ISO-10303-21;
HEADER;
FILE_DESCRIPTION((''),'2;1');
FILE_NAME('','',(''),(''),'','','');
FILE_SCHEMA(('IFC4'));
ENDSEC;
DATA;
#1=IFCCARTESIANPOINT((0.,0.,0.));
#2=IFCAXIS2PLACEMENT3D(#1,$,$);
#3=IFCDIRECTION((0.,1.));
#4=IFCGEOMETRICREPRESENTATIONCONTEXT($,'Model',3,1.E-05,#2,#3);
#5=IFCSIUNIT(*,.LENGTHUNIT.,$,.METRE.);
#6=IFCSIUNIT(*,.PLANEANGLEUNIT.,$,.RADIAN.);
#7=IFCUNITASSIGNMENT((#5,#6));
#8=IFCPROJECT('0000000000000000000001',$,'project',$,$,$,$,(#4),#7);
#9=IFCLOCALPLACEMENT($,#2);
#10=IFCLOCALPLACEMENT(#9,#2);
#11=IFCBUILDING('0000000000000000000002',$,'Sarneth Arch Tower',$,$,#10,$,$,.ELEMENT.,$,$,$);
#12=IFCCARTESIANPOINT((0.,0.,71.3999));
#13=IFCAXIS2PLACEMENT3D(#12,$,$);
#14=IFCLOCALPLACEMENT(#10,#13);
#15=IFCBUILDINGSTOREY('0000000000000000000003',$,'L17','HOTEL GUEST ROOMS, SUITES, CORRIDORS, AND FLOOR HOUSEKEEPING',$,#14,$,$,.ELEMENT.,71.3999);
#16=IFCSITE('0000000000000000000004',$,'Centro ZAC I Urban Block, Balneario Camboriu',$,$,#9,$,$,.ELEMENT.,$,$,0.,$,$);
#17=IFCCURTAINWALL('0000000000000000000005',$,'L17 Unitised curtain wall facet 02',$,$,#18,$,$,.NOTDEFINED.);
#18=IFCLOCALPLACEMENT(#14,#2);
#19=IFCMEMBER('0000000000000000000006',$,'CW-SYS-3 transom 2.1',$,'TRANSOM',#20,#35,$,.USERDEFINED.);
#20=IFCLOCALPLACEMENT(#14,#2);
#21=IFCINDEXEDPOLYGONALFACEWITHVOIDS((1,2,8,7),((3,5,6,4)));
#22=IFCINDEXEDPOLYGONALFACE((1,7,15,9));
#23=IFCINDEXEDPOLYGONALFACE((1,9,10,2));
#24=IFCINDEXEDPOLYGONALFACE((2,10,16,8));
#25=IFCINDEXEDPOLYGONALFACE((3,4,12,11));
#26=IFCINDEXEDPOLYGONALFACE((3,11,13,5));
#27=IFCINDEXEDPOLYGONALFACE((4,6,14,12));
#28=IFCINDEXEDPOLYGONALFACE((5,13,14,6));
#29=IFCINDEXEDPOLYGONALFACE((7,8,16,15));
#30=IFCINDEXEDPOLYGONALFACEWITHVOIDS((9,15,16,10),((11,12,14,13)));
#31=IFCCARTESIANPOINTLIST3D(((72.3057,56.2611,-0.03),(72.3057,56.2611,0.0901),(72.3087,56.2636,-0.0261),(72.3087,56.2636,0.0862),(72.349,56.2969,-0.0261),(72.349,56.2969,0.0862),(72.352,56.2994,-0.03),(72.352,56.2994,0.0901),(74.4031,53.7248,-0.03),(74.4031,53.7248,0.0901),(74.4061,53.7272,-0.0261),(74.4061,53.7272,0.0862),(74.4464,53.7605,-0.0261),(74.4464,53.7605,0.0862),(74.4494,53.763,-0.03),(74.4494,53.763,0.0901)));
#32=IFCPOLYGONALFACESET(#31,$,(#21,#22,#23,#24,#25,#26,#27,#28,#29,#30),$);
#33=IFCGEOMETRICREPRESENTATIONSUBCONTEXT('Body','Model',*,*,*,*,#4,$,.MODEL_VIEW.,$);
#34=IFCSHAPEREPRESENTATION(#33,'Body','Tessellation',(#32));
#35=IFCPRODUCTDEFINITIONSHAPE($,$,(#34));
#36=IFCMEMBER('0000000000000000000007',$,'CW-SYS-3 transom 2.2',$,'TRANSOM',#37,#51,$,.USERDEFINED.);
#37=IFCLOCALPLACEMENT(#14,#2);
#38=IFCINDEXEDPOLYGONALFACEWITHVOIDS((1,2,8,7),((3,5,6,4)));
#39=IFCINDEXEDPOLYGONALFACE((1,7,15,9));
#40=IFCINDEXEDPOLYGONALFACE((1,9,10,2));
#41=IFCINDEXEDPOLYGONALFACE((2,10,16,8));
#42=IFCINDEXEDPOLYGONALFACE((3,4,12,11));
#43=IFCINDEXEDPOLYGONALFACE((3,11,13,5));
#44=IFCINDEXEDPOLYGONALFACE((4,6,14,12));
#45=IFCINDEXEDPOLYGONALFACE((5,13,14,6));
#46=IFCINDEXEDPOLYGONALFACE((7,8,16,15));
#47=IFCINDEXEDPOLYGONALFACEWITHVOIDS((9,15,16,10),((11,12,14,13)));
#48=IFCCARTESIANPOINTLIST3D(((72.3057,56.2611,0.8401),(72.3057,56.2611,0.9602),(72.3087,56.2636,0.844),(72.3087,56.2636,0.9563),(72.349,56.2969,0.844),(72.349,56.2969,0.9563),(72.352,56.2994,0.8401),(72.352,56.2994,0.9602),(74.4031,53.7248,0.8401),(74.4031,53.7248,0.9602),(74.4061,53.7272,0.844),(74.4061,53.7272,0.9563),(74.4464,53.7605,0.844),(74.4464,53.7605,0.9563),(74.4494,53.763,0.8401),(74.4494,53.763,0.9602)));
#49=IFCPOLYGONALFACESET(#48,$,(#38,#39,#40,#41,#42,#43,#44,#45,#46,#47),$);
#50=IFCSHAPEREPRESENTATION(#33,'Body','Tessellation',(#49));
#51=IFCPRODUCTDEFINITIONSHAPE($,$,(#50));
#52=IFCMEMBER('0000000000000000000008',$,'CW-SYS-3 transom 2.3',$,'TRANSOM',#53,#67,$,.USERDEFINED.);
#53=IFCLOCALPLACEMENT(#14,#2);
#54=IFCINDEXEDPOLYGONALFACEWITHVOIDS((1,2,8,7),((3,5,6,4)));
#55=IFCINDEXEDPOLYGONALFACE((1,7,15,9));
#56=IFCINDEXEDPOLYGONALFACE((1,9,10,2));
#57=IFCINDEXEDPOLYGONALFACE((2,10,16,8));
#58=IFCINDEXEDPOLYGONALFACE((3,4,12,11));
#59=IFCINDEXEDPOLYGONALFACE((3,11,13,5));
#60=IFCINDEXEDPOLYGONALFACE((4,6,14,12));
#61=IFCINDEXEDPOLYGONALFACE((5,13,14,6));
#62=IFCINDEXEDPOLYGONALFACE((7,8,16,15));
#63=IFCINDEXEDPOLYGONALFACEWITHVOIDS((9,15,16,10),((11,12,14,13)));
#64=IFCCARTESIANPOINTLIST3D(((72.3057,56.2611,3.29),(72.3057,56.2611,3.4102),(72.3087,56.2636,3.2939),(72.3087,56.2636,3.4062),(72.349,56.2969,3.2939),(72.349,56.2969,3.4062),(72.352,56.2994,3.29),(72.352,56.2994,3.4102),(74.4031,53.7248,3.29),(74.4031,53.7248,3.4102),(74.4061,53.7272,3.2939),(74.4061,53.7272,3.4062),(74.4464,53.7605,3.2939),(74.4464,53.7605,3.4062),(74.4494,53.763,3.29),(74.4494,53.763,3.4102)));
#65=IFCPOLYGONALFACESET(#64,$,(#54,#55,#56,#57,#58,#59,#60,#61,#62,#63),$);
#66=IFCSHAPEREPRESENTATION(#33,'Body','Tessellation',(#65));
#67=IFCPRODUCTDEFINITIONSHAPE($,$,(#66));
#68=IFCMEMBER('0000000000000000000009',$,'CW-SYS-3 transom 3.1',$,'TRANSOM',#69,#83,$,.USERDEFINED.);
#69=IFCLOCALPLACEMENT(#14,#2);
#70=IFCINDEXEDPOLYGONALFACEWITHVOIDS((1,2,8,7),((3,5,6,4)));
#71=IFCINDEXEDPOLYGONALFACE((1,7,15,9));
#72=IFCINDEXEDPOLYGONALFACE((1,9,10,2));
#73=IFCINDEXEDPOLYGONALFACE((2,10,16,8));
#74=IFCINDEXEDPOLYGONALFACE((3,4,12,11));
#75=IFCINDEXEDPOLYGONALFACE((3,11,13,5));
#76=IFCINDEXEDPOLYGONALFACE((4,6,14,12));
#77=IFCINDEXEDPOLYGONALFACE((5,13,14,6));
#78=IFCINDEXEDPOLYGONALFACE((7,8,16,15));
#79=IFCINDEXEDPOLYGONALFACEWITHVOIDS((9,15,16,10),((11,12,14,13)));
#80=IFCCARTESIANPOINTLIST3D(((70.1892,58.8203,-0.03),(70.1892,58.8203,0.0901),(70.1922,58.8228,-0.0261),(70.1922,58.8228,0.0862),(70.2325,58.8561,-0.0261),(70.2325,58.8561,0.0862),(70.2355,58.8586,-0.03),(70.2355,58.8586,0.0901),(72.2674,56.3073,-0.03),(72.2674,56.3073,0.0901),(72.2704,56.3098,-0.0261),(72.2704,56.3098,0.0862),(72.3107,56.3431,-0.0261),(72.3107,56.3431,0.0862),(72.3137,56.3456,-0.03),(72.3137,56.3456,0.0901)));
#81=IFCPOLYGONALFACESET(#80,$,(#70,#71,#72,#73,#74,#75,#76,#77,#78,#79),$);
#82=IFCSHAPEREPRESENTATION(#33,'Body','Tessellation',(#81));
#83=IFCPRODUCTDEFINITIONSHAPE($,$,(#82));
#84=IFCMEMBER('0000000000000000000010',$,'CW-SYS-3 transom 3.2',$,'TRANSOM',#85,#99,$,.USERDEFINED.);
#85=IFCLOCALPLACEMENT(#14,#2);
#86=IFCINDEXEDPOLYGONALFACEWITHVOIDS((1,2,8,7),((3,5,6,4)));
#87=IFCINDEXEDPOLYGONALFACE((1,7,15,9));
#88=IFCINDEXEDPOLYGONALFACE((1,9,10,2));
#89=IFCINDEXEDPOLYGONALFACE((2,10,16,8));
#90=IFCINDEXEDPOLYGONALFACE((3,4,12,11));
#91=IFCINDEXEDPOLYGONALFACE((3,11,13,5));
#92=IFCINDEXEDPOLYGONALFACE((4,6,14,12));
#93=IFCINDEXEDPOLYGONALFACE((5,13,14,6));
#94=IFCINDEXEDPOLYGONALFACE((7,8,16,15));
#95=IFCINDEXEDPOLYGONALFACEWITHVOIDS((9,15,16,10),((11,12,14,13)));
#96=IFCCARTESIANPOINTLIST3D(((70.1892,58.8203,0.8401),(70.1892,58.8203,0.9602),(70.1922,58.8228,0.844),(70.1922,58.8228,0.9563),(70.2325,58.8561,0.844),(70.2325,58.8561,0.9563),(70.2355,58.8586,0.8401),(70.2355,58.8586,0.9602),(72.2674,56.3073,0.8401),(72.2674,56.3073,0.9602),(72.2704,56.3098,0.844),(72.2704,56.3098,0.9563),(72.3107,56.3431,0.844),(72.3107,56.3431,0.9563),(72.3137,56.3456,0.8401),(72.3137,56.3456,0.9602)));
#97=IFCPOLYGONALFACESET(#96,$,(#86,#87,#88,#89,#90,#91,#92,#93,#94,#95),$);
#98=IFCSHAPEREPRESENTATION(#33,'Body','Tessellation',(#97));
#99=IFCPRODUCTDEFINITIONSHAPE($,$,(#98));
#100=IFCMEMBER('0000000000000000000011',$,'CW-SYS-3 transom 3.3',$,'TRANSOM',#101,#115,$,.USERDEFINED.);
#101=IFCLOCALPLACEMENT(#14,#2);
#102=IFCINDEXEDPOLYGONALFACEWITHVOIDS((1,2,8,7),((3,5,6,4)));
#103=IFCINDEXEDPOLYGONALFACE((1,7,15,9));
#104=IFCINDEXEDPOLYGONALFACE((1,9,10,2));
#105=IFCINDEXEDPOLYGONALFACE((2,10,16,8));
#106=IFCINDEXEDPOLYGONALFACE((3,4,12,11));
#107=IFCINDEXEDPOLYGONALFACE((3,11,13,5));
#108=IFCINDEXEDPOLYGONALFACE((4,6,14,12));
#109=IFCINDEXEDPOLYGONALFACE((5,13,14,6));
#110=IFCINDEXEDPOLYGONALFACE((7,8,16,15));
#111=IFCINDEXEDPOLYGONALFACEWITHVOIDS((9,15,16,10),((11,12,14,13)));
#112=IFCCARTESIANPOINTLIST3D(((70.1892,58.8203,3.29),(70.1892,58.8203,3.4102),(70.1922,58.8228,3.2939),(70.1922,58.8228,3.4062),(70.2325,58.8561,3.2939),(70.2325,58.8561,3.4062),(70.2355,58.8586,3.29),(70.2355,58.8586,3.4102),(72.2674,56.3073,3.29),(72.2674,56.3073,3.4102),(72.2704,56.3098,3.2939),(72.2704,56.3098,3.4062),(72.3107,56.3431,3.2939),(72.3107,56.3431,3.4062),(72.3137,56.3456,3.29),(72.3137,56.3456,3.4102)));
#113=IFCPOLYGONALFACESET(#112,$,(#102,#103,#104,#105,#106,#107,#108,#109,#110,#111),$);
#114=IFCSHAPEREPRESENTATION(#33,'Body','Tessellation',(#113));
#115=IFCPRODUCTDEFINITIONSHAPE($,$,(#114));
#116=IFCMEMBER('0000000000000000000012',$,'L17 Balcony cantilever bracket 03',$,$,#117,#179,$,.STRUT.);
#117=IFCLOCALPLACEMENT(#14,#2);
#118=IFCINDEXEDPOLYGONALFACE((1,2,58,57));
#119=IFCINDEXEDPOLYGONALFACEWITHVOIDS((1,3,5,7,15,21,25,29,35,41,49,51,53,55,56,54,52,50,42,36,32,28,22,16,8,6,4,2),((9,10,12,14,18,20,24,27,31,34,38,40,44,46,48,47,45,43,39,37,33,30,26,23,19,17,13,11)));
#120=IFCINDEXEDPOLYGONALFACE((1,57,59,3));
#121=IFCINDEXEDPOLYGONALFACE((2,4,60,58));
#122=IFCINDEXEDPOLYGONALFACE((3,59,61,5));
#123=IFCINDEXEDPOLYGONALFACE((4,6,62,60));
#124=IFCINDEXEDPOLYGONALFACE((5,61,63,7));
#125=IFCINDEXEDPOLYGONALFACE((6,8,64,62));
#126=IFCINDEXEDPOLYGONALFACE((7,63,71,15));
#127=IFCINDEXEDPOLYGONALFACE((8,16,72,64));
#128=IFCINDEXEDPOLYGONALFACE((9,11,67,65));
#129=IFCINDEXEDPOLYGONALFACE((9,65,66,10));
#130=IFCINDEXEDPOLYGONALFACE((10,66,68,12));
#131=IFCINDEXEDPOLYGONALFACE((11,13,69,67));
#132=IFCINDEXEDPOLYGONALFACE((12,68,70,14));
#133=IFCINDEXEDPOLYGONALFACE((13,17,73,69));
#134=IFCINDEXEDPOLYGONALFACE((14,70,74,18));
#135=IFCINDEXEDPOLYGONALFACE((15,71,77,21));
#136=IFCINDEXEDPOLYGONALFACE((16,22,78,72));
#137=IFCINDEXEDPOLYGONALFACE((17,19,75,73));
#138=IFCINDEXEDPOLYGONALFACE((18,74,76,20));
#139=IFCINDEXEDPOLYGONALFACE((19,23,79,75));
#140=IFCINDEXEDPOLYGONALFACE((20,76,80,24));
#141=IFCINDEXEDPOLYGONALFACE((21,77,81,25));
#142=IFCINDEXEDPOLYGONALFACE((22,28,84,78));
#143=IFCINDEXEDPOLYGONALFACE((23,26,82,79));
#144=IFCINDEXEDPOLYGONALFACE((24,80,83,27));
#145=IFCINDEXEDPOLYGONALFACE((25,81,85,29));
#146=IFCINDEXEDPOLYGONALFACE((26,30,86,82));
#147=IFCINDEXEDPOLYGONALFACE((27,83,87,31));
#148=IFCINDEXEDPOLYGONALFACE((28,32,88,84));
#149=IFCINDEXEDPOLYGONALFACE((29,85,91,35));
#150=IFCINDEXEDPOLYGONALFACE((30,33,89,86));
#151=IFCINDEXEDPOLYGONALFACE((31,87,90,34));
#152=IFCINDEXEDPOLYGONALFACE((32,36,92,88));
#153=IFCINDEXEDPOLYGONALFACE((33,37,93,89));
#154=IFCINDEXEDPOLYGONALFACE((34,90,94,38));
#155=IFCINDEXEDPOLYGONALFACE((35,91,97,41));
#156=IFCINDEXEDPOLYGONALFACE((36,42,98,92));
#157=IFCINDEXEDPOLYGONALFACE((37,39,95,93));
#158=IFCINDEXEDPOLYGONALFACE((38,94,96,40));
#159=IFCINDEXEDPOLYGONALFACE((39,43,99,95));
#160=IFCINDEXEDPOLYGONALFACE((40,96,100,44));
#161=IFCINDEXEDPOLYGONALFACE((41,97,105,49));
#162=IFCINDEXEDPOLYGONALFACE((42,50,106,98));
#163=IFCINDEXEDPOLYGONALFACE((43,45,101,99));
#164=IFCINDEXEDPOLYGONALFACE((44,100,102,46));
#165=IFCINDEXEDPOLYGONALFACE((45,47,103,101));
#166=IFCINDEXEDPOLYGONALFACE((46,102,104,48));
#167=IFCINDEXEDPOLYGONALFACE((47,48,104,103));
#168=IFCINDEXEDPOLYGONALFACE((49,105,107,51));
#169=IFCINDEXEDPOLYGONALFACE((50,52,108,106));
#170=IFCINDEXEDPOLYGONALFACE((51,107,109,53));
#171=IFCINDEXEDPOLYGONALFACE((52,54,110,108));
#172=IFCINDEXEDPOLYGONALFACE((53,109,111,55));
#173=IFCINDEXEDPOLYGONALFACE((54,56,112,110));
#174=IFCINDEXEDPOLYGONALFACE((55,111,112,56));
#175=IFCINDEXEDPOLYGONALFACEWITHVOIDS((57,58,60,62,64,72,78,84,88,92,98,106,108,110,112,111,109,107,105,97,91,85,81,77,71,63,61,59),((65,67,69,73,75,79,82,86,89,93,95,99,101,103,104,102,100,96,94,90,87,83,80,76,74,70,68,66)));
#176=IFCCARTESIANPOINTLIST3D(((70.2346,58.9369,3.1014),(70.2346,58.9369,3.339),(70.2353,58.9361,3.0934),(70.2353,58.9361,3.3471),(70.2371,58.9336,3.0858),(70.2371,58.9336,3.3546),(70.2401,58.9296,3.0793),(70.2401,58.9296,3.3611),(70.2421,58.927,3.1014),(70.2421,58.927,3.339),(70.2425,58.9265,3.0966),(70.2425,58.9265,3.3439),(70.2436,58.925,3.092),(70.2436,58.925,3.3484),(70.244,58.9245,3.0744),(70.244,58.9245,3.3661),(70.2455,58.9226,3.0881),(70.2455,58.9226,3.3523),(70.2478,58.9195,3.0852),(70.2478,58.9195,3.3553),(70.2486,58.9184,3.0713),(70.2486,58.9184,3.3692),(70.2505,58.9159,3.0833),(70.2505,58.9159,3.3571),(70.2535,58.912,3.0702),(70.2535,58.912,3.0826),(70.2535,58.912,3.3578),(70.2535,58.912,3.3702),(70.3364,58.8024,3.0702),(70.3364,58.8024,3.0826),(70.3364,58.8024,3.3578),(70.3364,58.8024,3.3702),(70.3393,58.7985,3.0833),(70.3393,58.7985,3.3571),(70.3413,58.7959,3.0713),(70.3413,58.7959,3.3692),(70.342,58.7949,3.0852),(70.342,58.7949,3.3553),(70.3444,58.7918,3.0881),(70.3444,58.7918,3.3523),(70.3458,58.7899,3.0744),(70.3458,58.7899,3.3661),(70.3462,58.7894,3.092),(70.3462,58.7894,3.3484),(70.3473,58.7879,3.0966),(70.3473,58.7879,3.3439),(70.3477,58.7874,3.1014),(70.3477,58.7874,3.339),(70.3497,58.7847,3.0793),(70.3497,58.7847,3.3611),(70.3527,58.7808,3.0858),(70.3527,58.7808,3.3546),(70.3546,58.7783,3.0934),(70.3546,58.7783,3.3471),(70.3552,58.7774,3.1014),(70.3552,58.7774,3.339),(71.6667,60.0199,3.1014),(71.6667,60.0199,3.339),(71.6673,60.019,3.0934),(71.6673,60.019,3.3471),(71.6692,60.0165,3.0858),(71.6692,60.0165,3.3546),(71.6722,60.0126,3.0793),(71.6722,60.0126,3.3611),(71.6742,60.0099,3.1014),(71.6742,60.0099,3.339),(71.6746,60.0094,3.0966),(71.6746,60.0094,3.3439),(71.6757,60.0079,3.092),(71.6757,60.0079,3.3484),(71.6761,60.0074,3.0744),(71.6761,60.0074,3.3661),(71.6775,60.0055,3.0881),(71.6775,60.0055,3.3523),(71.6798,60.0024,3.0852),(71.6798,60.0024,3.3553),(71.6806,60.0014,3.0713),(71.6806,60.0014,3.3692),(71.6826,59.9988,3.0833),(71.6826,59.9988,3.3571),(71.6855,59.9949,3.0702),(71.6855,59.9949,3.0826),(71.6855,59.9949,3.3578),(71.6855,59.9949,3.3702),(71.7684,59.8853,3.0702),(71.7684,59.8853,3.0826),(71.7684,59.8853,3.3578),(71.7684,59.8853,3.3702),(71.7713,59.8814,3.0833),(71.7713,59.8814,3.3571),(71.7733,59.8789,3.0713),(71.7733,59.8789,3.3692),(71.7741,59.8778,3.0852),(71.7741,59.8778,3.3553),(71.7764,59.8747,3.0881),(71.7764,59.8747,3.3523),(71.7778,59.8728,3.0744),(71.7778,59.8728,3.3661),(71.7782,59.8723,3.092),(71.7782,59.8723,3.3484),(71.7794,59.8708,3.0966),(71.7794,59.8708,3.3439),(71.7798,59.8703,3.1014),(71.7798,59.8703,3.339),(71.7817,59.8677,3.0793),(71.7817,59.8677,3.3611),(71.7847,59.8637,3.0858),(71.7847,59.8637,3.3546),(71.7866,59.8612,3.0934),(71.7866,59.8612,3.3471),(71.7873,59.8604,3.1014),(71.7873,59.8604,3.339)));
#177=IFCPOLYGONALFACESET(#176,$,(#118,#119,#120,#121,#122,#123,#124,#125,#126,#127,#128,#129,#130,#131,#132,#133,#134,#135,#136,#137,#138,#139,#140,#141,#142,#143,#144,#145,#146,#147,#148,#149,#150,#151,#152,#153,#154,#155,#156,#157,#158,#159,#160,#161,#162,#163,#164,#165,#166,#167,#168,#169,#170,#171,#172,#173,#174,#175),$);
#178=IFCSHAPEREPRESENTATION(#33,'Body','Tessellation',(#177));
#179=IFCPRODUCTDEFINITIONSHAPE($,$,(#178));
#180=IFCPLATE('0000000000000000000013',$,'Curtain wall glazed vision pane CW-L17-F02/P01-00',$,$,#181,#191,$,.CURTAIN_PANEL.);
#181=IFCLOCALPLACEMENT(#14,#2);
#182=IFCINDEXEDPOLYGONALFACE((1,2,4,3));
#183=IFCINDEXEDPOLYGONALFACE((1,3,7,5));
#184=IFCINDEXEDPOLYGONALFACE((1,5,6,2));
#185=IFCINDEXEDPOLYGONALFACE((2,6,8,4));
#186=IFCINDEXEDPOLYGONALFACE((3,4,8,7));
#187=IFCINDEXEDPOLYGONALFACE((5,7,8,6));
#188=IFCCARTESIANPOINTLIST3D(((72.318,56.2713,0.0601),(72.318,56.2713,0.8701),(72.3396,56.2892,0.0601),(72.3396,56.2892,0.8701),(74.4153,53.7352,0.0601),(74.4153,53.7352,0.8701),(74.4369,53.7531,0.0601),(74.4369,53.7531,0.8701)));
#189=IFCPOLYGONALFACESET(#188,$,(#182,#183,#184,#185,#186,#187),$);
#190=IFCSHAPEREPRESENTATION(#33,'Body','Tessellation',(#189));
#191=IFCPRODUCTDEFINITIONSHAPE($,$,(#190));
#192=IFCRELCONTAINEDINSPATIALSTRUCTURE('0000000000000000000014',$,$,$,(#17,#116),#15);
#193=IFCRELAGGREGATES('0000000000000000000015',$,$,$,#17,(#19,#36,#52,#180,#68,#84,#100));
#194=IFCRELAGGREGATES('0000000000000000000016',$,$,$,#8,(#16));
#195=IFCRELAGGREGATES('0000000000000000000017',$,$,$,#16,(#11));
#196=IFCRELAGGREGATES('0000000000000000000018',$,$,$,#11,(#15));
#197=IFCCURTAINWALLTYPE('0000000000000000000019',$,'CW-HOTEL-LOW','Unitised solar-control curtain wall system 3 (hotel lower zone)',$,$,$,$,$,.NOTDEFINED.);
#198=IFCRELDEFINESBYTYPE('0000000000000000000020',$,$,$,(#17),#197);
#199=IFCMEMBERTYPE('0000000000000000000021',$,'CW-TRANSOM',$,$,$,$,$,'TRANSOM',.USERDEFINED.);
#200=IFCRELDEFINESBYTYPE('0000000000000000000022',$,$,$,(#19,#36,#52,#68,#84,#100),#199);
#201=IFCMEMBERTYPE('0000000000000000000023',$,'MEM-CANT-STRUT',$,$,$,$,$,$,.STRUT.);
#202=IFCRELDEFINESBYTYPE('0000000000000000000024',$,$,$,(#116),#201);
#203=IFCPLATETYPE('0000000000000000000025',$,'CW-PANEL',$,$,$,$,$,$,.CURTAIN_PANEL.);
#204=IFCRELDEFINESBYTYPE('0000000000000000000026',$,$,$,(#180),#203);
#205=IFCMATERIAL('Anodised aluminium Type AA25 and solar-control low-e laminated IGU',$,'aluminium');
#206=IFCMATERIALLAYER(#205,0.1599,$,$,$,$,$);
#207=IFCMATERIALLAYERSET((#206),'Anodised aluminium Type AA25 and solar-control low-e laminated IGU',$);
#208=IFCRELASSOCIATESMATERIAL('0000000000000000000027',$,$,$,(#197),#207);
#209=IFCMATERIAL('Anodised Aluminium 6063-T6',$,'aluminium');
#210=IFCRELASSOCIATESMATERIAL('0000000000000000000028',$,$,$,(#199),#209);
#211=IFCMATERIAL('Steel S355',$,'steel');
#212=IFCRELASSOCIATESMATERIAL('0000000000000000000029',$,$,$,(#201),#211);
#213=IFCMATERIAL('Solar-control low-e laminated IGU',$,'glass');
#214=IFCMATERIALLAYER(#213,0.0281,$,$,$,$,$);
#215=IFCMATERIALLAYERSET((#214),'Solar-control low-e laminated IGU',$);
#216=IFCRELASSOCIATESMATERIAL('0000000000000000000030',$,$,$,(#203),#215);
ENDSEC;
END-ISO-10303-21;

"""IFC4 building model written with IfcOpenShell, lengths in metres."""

from ifc_helpers import new_model, si_unit, direction, frame, origin, origin_2d, place, context, subcontext, project, spatial, rectangle, hollow_rectangle, extrude, material, layer, layer_set, material_profile, profile_set, type_object, element, aggregate, save


model = new_model("IFC4")

# Units and contexts
model_context = context("Model", 3, precision=1e-05, world=origin(), true_north=direction((0.0, 1.0)))
body_context = subcontext(model_context, "Body", "Model", "MODEL_VIEW")
ifc_project = project(units=[si_unit("LENGTHUNIT", "METRE"), si_unit("PLANEANGLEUNIT", "RADIAN")], contexts=[model_context])

# Site, building, storey
site_placement = place(None, origin())
site = spatial("IfcSite", under=ifc_project, at=site_placement, Name="Centro ZAC I Urban Block, Balneario Camboriu", CompositionType="ELEMENT", RefElevation=0.0)
building_placement = place(site_placement, origin())
building = spatial("IfcBuilding", under=site, at=building_placement, Name="Sarneth Arch Tower", CompositionType="ELEMENT")
storey_placement = place(building_placement, frame((0.0, 0.0, 71.3999)))
storey = spatial("IfcBuildingStorey", under=building, at=storey_placement, Name="L17", Description="HOTEL GUEST ROOMS, SUITES, CORRIDORS, AND FLOOR HOUSEKEEPING", CompositionType="ELEMENT", Elevation=71.3999)

# Curtain wall, members
ifc_material_1 = material(Name="Anodised aluminium Type AA25 and solar-control low-e laminated IGU", Category="aluminium")
ifc_layer_1 = layer(ifc_material_1, 0.1599)
ifc_layer_set_1 = layer_set([ifc_layer_1], Name="Anodised aluminium Type AA25 and solar-control low-e laminated IGU")
curtain_wall_type = type_object("IfcCurtainWallType", Name="CW-HOTEL-LOW", Description="Unitised solar-control curtain wall system 3 (hotel lower zone)", PredefinedType="NOTDEFINED", material=ifc_layer_set_1)
curtain_wall_placement = place(storey_placement, origin())
curtain_wall = element("IfcCurtainWall", 1, at=curtain_wall_placement, inside=storey, type_object=curtain_wall_type, Name="L17 Unitised curtain wall facet 02", PredefinedType="NOTDEFINED")
ifc_material_2 = material(Name="Anodised Aluminium 6063-T6", Category="aluminium")
ifc_material_profile_1 = material_profile(ifc_material_2, hollow_rectangle(XDim=0.0601, YDim=0.1201, WallThickness=0.0039, at=origin_2d()), Name="AL-TRAN-120x60x4")
ifc_profile_set_1 = profile_set([ifc_material_profile_1], Name="Anodised Aluminium 6063-T6")
member_type_1 = type_object("IfcMemberType", Name="CW-TRANSOM", ElementType="TRANSOM", PredefinedType="USERDEFINED", material=ifc_profile_set_1)
member_1_placement = place(storey_placement, frame((74.4263, 53.7439, 0.03), z_axis=(-0.637269, 0.770642, 0.0), x_axis=(-0.770642, -0.637269, 0.0)))
member_1 = element("IfcMember", 2, at=member_1_placement, type_object=member_type_1, Name="CW-SYS-3 transom 2.1", ObjectType="TRANSOM", PredefinedType="USERDEFINED", context=body_context, shape_type="SweptSolid", body=[
    extrude(hollow_rectangle(XDim=0.0601, YDim=0.1201, WallThickness=0.0039, at=origin_2d()), origin(), (0.0, 0.0, 1.0), 3.2913),
])
member_2_placement = place(storey_placement, frame((74.4263, 53.7439, 0.9001), z_axis=(-0.637269, 0.770642, 0.0), x_axis=(-0.770642, -0.637269, 0.0)))
member_2 = element("IfcMember", 3, at=member_2_placement, type_object=member_type_1, Name="CW-SYS-3 transom 2.2", ObjectType="TRANSOM", PredefinedType="USERDEFINED", context=body_context, shape_type="SweptSolid", body=[
    extrude(hollow_rectangle(XDim=0.0601, YDim=0.1201, WallThickness=0.0039, at=origin_2d()), origin(), (0.0, 0.0, 1.0), 3.2913),
])
member_3_placement = place(storey_placement, frame((74.4263, 53.7439, 3.3501), z_axis=(-0.637269, 0.770642, 0.0), x_axis=(-0.770642, -0.637269, 0.0)))
member_3 = element("IfcMember", 4, at=member_3_placement, type_object=member_type_1, Name="CW-SYS-3 transom 2.3", ObjectType="TRANSOM", PredefinedType="USERDEFINED", context=body_context, shape_type="SweptSolid", body=[
    extrude(hollow_rectangle(XDim=0.0601, YDim=0.1201, WallThickness=0.0039, at=origin_2d()), origin(), (0.0, 0.0, 1.0), 3.2913),
])
member_4_placement = place(storey_placement, frame((72.2905, 56.3264, 0.03), z_axis=(-0.637286, 0.770628, 0.0), x_axis=(-0.770628, -0.637286, 0.0)))
member_4 = element("IfcMember", 5, at=member_4_placement, type_object=member_type_1, Name="CW-SYS-3 transom 3.1", ObjectType="TRANSOM", PredefinedType="USERDEFINED", context=body_context, shape_type="SweptSolid", body=[
    extrude(hollow_rectangle(XDim=0.0601, YDim=0.1201, WallThickness=0.0039, at=origin_2d()), origin(), (0.0, 0.0, 1.0), 3.261),
])
member_5_placement = place(storey_placement, frame((72.2905, 56.3264, 0.9001), z_axis=(-0.637286, 0.770628, 0.0), x_axis=(-0.770628, -0.637286, 0.0)))
member_5 = element("IfcMember", 6, at=member_5_placement, type_object=member_type_1, Name="CW-SYS-3 transom 3.2", ObjectType="TRANSOM", PredefinedType="USERDEFINED", context=body_context, shape_type="SweptSolid", body=[
    extrude(hollow_rectangle(XDim=0.0601, YDim=0.1201, WallThickness=0.0039, at=origin_2d()), origin(), (0.0, 0.0, 1.0), 3.261),
])
member_6_placement = place(storey_placement, frame((72.2905, 56.3264, 3.3501), z_axis=(-0.637286, 0.770628, 0.0), x_axis=(-0.770628, -0.637286, 0.0)))
member_6 = element("IfcMember", 7, at=member_6_placement, type_object=member_type_1, Name="CW-SYS-3 transom 3.3", ObjectType="TRANSOM", PredefinedType="USERDEFINED", context=body_context, shape_type="SweptSolid", body=[
    extrude(hollow_rectangle(XDim=0.0601, YDim=0.1201, WallThickness=0.0039, at=origin_2d()), origin(), (0.0, 0.0, 1.0), 3.261),
])

# Member
ifc_material_3 = material(Name="Steel S355", Category="steel")
ifc_material_profile_2 = material_profile(ifc_material_3, hollow_rectangle(XDim=0.2, YDim=0.3, WallThickness=0.0125, InnerFilletRadius=0.0188, OuterFilletRadius=0.0312, at=origin_2d()), Name="RHS300x200x12.5")
ifc_profile_set_2 = profile_set([ifc_material_profile_2], Name="Steel S355")
member_type_2 = type_object("IfcMemberType", Name="MEM-CANT-STRUT", PredefinedType="STRUT", material=ifc_profile_set_2)
member_7_placement = place(storey_placement, frame((70.2949, 58.8572, 3.2202), z_axis=(0.797611, 0.603172, 0.0), x_axis=(-0.603172, 0.797611, 0.0)))
element("IfcMember", 8, at=member_7_placement, inside=storey, type_object=member_type_2, Name="L17 Balcony cantilever bracket 03", PredefinedType="STRUT", context=body_context, shape_type="SweptSolid", body=[
    extrude(hollow_rectangle(XDim=0.2, YDim=0.3, WallThickness=0.0125, InnerFilletRadius=0.0188, OuterFilletRadius=0.0312, at=origin_2d()), origin(), (0.0, 0.0, 1.0), 1.7954),
])

# Plate
ifc_material_4 = material(Name="Solar-control low-e laminated IGU", Category="glass")
ifc_layer_2 = layer(ifc_material_4, 0.0281)
ifc_layer_set_2 = layer_set([ifc_layer_2], Name="Solar-control low-e laminated IGU")
plate_type_1 = type_object("IfcPlateType", Name="CW-PANEL", PredefinedType="CURTAIN_PANEL", material=ifc_layer_set_2)
plate_1_placement = place(storey_placement, frame((73.3774, 55.0122, 0.0601), z_axis=(0.0, 0.0, 1.0), x_axis=(-0.637291, 0.770623, 0.0)))
plate_1 = element("IfcPlate", 9, at=plate_1_placement, type_object=plate_type_1, Name="Curtain wall glazed vision pane CW-L17-F02/P01-00", PredefinedType="CURTAIN_PANEL", context=body_context, shape_type="SweptSolid", body=[
    extrude(rectangle(XDim=3.291, YDim=0.0281, at=origin_2d()), origin(), (0.0, 0.0, 1.0), 0.8101),
])
aggregate(curtain_wall, [member_1, member_2, member_3, plate_1, member_4, member_5, member_6])

save(model, "model.ifc")
